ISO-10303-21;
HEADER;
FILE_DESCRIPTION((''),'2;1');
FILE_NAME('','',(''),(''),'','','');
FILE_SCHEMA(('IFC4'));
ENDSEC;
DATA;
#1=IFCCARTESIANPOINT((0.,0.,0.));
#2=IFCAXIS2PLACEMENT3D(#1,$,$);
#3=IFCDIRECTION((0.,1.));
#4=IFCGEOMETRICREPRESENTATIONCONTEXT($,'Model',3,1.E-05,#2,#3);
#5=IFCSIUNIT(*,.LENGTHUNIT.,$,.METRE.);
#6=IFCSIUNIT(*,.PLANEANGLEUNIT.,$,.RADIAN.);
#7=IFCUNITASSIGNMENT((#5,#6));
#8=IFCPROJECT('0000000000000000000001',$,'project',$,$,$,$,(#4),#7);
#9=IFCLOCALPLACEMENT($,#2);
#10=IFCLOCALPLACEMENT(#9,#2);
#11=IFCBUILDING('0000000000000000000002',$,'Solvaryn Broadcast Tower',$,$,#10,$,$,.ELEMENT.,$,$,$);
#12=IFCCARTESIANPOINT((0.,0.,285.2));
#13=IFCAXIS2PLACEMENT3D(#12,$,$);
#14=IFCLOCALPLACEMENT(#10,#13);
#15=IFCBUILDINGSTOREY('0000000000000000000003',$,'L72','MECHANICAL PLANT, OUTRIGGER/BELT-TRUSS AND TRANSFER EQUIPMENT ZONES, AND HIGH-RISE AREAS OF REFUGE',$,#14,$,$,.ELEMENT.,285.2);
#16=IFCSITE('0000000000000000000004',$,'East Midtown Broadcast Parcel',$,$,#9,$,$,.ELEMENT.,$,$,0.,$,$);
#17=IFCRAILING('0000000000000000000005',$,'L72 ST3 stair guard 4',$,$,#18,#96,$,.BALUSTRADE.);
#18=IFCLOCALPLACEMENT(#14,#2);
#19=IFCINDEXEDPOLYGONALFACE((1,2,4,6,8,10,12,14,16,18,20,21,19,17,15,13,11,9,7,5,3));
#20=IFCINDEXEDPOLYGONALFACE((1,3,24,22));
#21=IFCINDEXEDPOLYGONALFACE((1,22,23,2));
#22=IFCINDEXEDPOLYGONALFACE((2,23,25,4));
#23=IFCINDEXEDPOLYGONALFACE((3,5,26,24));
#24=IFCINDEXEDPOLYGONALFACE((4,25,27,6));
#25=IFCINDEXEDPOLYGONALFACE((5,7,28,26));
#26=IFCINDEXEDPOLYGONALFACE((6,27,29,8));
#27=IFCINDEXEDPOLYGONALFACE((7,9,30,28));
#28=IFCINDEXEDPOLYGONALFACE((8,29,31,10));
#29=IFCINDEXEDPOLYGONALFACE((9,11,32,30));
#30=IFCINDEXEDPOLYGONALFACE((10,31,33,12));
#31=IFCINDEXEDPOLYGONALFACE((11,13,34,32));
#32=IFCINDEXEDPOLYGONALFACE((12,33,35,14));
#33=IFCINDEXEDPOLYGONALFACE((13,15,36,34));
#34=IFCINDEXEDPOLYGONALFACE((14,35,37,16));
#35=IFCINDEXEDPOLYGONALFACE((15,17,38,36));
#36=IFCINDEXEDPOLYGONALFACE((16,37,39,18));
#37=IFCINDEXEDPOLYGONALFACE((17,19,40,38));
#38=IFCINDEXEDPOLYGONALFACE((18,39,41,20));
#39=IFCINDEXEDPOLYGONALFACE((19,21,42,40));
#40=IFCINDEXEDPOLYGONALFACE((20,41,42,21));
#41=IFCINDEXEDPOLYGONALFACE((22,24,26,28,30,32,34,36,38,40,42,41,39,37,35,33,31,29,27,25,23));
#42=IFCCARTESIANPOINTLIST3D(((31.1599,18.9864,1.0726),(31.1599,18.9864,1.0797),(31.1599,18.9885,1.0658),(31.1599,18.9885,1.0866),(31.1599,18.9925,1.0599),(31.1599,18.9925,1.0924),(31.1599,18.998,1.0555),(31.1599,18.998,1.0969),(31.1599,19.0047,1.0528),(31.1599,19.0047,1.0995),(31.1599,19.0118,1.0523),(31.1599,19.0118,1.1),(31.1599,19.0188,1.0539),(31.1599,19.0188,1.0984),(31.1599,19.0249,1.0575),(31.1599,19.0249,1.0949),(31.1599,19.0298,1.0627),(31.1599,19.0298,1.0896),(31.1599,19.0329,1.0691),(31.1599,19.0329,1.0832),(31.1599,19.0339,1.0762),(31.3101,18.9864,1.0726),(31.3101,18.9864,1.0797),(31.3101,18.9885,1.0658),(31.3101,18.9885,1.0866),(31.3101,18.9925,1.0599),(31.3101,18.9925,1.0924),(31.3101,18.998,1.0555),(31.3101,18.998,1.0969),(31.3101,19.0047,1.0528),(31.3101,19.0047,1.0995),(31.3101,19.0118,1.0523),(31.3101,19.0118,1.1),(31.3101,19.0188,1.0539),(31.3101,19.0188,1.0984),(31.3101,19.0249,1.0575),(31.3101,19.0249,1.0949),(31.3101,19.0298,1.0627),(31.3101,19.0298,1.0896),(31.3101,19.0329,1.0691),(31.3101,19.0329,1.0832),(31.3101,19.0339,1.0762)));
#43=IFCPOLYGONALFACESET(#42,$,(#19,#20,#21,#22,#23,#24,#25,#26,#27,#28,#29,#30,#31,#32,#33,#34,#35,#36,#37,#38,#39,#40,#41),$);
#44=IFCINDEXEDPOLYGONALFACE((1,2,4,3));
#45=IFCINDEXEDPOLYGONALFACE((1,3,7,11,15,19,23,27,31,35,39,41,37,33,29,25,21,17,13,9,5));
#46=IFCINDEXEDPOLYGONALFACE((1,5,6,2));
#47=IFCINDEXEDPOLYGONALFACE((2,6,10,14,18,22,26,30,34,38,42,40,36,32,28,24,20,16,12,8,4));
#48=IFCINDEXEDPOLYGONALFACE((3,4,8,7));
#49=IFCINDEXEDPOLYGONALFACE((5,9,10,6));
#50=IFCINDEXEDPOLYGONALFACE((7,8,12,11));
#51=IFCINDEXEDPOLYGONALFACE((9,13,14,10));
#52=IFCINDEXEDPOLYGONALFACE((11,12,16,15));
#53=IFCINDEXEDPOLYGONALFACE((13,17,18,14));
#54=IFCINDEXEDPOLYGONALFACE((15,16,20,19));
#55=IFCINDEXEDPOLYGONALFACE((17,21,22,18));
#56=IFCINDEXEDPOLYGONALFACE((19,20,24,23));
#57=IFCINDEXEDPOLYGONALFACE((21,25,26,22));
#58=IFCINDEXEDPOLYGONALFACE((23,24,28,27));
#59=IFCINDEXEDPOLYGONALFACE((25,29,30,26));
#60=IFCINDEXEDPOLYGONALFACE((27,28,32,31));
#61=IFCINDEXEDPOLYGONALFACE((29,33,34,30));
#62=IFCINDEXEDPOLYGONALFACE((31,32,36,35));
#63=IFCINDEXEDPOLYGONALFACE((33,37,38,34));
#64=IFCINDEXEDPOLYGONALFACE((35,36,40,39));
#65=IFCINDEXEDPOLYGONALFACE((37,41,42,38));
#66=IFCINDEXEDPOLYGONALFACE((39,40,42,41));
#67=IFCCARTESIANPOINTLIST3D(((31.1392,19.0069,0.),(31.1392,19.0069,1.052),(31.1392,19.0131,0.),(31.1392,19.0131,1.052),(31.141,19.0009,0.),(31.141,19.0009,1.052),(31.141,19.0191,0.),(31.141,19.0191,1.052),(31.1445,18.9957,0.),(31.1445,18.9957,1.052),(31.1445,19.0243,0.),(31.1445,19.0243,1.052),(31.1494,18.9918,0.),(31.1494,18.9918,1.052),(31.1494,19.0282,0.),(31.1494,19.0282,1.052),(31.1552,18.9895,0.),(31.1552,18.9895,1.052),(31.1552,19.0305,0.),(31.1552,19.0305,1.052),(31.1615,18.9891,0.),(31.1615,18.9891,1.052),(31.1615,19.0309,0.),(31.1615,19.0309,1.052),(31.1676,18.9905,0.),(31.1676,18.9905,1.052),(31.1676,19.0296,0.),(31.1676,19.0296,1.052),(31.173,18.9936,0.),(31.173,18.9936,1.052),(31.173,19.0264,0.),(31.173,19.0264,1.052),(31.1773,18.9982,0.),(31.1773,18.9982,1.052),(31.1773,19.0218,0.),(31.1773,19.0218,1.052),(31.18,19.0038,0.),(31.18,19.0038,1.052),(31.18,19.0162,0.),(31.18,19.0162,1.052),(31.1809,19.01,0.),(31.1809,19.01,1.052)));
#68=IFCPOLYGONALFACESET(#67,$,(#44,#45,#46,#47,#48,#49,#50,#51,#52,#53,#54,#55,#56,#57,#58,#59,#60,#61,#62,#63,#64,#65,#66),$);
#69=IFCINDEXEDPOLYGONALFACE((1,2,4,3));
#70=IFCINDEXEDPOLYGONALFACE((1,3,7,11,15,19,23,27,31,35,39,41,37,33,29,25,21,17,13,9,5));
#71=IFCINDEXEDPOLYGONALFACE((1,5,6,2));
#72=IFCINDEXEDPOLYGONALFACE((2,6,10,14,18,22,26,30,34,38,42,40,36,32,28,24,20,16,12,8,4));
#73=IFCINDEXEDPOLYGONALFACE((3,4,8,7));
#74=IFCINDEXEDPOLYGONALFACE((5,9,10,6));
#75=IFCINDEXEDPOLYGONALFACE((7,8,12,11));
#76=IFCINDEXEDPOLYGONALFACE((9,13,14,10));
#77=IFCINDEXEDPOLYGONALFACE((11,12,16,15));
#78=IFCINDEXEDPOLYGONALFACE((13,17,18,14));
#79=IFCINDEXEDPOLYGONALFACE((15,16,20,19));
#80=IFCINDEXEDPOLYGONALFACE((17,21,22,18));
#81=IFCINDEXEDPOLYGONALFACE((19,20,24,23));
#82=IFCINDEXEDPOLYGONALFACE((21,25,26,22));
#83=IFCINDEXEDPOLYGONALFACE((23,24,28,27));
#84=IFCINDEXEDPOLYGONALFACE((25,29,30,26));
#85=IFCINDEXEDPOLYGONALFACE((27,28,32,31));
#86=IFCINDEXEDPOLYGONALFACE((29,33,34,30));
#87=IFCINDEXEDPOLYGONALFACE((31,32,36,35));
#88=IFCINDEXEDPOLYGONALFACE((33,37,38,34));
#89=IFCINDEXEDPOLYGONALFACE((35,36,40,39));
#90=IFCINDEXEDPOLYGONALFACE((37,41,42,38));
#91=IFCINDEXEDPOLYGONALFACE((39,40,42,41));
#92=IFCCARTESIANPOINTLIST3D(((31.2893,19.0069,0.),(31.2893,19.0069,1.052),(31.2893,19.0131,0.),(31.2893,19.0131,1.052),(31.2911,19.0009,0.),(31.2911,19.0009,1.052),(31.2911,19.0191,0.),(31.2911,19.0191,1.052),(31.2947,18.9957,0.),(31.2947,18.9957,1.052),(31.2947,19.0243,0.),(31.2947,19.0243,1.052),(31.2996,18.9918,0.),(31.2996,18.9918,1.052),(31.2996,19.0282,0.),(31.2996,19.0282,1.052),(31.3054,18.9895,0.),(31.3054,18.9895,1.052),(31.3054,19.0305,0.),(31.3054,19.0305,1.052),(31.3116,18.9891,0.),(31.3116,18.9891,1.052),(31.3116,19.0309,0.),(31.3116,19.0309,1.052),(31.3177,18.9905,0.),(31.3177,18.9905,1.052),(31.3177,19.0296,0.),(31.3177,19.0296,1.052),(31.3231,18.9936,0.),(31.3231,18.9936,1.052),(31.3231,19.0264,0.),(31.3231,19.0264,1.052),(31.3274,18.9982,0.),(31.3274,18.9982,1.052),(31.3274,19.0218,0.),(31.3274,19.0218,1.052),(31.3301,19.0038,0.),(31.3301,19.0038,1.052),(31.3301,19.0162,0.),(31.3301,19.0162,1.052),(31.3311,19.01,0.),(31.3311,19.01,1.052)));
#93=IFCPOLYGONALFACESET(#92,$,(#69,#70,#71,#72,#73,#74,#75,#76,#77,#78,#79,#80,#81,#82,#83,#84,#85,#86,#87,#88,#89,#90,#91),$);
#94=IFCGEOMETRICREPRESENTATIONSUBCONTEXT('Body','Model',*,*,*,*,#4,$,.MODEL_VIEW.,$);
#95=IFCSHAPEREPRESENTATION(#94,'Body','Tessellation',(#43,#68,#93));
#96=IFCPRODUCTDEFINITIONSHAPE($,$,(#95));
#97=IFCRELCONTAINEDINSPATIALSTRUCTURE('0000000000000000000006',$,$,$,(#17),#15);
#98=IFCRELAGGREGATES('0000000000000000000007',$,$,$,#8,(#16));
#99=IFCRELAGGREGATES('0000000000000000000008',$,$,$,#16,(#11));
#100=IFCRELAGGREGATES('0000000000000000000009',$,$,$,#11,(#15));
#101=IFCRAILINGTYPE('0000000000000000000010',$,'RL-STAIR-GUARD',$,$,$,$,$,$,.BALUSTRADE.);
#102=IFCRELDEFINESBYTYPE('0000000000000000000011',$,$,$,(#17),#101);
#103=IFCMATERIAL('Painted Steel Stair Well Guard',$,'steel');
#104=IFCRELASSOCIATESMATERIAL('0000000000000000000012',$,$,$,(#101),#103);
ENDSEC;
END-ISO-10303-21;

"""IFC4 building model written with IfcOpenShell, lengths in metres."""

from ifc_helpers import new_model, si_unit, direction, frame, origin, origin_2d, place, context, subcontext, project, spatial, circle, extrude, material, type_object, element, save


model = new_model("IFC4")

# Units and contexts
model_context = context("Model", 3, precision=1e-05, world=origin(), true_north=direction((0.0, 1.0)))
body_context = subcontext(model_context, "Body", "Model", "MODEL_VIEW")
ifc_project = project(units=[si_unit("LENGTHUNIT", "METRE"), si_unit("PLANEANGLEUNIT", "RADIAN")], contexts=[model_context])

# Site, building, storey
site_placement = place(None, origin())
site = spatial("IfcSite", under=ifc_project, at=site_placement, Name="East Midtown Broadcast Parcel", CompositionType="ELEMENT", RefElevation=0.0)
building_placement = place(site_placement, origin())
building = spatial("IfcBuilding", under=site, at=building_placement, Name="Solvaryn Broadcast Tower", CompositionType="ELEMENT")
storey_placement = place(building_placement, frame((0.0, 0.0, 285.2)))
storey = spatial("IfcBuildingStorey", under=building, at=storey_placement, Name="L72", Description="MECHANICAL PLANT, OUTRIGGER/BELT-TRUSS AND TRANSFER EQUIPMENT ZONES, AND HIGH-RISE AREAS OF REFUGE", CompositionType="ELEMENT", Elevation=285.2)

# Railing
ifc_material_1 = material(Name="Painted Steel Stair Well Guard", Category="steel")
railing_type_1 = type_object("IfcRailingType", Name="RL-STAIR-GUARD", PredefinedType="BALUSTRADE", material=ifc_material_1)
railing_1_placement = place(storey_placement, frame((31.1599, 19.01, 0.0)))
element("IfcRailing", 1, at=railing_1_placement, inside=storey, type_object=railing_type_1, Name="L72 ST3 stair guard 4", PredefinedType="BALUSTRADE", context=body_context, shape_type="SweptSolid", body=[
    extrude(circle(Radius=0.0239, at=origin_2d()), frame((0.0, 0.0, 1.0762), z_axis=(1.0, 0.0, 0.0), x_axis=(0.0, 1.0, 0.0)), (0.0, 0.0, 1.0), 0.1501),
    extrude(circle(Radius=0.021, at=origin_2d()), origin(), (0.0, 0.0, 1.0), 1.052),
    extrude(circle(Radius=0.021, at=origin_2d()), frame((0.1501, 0.0, 0.0)), (0.0, 0.0, 1.0), 1.052),
])

save(model, "model.ifc")
